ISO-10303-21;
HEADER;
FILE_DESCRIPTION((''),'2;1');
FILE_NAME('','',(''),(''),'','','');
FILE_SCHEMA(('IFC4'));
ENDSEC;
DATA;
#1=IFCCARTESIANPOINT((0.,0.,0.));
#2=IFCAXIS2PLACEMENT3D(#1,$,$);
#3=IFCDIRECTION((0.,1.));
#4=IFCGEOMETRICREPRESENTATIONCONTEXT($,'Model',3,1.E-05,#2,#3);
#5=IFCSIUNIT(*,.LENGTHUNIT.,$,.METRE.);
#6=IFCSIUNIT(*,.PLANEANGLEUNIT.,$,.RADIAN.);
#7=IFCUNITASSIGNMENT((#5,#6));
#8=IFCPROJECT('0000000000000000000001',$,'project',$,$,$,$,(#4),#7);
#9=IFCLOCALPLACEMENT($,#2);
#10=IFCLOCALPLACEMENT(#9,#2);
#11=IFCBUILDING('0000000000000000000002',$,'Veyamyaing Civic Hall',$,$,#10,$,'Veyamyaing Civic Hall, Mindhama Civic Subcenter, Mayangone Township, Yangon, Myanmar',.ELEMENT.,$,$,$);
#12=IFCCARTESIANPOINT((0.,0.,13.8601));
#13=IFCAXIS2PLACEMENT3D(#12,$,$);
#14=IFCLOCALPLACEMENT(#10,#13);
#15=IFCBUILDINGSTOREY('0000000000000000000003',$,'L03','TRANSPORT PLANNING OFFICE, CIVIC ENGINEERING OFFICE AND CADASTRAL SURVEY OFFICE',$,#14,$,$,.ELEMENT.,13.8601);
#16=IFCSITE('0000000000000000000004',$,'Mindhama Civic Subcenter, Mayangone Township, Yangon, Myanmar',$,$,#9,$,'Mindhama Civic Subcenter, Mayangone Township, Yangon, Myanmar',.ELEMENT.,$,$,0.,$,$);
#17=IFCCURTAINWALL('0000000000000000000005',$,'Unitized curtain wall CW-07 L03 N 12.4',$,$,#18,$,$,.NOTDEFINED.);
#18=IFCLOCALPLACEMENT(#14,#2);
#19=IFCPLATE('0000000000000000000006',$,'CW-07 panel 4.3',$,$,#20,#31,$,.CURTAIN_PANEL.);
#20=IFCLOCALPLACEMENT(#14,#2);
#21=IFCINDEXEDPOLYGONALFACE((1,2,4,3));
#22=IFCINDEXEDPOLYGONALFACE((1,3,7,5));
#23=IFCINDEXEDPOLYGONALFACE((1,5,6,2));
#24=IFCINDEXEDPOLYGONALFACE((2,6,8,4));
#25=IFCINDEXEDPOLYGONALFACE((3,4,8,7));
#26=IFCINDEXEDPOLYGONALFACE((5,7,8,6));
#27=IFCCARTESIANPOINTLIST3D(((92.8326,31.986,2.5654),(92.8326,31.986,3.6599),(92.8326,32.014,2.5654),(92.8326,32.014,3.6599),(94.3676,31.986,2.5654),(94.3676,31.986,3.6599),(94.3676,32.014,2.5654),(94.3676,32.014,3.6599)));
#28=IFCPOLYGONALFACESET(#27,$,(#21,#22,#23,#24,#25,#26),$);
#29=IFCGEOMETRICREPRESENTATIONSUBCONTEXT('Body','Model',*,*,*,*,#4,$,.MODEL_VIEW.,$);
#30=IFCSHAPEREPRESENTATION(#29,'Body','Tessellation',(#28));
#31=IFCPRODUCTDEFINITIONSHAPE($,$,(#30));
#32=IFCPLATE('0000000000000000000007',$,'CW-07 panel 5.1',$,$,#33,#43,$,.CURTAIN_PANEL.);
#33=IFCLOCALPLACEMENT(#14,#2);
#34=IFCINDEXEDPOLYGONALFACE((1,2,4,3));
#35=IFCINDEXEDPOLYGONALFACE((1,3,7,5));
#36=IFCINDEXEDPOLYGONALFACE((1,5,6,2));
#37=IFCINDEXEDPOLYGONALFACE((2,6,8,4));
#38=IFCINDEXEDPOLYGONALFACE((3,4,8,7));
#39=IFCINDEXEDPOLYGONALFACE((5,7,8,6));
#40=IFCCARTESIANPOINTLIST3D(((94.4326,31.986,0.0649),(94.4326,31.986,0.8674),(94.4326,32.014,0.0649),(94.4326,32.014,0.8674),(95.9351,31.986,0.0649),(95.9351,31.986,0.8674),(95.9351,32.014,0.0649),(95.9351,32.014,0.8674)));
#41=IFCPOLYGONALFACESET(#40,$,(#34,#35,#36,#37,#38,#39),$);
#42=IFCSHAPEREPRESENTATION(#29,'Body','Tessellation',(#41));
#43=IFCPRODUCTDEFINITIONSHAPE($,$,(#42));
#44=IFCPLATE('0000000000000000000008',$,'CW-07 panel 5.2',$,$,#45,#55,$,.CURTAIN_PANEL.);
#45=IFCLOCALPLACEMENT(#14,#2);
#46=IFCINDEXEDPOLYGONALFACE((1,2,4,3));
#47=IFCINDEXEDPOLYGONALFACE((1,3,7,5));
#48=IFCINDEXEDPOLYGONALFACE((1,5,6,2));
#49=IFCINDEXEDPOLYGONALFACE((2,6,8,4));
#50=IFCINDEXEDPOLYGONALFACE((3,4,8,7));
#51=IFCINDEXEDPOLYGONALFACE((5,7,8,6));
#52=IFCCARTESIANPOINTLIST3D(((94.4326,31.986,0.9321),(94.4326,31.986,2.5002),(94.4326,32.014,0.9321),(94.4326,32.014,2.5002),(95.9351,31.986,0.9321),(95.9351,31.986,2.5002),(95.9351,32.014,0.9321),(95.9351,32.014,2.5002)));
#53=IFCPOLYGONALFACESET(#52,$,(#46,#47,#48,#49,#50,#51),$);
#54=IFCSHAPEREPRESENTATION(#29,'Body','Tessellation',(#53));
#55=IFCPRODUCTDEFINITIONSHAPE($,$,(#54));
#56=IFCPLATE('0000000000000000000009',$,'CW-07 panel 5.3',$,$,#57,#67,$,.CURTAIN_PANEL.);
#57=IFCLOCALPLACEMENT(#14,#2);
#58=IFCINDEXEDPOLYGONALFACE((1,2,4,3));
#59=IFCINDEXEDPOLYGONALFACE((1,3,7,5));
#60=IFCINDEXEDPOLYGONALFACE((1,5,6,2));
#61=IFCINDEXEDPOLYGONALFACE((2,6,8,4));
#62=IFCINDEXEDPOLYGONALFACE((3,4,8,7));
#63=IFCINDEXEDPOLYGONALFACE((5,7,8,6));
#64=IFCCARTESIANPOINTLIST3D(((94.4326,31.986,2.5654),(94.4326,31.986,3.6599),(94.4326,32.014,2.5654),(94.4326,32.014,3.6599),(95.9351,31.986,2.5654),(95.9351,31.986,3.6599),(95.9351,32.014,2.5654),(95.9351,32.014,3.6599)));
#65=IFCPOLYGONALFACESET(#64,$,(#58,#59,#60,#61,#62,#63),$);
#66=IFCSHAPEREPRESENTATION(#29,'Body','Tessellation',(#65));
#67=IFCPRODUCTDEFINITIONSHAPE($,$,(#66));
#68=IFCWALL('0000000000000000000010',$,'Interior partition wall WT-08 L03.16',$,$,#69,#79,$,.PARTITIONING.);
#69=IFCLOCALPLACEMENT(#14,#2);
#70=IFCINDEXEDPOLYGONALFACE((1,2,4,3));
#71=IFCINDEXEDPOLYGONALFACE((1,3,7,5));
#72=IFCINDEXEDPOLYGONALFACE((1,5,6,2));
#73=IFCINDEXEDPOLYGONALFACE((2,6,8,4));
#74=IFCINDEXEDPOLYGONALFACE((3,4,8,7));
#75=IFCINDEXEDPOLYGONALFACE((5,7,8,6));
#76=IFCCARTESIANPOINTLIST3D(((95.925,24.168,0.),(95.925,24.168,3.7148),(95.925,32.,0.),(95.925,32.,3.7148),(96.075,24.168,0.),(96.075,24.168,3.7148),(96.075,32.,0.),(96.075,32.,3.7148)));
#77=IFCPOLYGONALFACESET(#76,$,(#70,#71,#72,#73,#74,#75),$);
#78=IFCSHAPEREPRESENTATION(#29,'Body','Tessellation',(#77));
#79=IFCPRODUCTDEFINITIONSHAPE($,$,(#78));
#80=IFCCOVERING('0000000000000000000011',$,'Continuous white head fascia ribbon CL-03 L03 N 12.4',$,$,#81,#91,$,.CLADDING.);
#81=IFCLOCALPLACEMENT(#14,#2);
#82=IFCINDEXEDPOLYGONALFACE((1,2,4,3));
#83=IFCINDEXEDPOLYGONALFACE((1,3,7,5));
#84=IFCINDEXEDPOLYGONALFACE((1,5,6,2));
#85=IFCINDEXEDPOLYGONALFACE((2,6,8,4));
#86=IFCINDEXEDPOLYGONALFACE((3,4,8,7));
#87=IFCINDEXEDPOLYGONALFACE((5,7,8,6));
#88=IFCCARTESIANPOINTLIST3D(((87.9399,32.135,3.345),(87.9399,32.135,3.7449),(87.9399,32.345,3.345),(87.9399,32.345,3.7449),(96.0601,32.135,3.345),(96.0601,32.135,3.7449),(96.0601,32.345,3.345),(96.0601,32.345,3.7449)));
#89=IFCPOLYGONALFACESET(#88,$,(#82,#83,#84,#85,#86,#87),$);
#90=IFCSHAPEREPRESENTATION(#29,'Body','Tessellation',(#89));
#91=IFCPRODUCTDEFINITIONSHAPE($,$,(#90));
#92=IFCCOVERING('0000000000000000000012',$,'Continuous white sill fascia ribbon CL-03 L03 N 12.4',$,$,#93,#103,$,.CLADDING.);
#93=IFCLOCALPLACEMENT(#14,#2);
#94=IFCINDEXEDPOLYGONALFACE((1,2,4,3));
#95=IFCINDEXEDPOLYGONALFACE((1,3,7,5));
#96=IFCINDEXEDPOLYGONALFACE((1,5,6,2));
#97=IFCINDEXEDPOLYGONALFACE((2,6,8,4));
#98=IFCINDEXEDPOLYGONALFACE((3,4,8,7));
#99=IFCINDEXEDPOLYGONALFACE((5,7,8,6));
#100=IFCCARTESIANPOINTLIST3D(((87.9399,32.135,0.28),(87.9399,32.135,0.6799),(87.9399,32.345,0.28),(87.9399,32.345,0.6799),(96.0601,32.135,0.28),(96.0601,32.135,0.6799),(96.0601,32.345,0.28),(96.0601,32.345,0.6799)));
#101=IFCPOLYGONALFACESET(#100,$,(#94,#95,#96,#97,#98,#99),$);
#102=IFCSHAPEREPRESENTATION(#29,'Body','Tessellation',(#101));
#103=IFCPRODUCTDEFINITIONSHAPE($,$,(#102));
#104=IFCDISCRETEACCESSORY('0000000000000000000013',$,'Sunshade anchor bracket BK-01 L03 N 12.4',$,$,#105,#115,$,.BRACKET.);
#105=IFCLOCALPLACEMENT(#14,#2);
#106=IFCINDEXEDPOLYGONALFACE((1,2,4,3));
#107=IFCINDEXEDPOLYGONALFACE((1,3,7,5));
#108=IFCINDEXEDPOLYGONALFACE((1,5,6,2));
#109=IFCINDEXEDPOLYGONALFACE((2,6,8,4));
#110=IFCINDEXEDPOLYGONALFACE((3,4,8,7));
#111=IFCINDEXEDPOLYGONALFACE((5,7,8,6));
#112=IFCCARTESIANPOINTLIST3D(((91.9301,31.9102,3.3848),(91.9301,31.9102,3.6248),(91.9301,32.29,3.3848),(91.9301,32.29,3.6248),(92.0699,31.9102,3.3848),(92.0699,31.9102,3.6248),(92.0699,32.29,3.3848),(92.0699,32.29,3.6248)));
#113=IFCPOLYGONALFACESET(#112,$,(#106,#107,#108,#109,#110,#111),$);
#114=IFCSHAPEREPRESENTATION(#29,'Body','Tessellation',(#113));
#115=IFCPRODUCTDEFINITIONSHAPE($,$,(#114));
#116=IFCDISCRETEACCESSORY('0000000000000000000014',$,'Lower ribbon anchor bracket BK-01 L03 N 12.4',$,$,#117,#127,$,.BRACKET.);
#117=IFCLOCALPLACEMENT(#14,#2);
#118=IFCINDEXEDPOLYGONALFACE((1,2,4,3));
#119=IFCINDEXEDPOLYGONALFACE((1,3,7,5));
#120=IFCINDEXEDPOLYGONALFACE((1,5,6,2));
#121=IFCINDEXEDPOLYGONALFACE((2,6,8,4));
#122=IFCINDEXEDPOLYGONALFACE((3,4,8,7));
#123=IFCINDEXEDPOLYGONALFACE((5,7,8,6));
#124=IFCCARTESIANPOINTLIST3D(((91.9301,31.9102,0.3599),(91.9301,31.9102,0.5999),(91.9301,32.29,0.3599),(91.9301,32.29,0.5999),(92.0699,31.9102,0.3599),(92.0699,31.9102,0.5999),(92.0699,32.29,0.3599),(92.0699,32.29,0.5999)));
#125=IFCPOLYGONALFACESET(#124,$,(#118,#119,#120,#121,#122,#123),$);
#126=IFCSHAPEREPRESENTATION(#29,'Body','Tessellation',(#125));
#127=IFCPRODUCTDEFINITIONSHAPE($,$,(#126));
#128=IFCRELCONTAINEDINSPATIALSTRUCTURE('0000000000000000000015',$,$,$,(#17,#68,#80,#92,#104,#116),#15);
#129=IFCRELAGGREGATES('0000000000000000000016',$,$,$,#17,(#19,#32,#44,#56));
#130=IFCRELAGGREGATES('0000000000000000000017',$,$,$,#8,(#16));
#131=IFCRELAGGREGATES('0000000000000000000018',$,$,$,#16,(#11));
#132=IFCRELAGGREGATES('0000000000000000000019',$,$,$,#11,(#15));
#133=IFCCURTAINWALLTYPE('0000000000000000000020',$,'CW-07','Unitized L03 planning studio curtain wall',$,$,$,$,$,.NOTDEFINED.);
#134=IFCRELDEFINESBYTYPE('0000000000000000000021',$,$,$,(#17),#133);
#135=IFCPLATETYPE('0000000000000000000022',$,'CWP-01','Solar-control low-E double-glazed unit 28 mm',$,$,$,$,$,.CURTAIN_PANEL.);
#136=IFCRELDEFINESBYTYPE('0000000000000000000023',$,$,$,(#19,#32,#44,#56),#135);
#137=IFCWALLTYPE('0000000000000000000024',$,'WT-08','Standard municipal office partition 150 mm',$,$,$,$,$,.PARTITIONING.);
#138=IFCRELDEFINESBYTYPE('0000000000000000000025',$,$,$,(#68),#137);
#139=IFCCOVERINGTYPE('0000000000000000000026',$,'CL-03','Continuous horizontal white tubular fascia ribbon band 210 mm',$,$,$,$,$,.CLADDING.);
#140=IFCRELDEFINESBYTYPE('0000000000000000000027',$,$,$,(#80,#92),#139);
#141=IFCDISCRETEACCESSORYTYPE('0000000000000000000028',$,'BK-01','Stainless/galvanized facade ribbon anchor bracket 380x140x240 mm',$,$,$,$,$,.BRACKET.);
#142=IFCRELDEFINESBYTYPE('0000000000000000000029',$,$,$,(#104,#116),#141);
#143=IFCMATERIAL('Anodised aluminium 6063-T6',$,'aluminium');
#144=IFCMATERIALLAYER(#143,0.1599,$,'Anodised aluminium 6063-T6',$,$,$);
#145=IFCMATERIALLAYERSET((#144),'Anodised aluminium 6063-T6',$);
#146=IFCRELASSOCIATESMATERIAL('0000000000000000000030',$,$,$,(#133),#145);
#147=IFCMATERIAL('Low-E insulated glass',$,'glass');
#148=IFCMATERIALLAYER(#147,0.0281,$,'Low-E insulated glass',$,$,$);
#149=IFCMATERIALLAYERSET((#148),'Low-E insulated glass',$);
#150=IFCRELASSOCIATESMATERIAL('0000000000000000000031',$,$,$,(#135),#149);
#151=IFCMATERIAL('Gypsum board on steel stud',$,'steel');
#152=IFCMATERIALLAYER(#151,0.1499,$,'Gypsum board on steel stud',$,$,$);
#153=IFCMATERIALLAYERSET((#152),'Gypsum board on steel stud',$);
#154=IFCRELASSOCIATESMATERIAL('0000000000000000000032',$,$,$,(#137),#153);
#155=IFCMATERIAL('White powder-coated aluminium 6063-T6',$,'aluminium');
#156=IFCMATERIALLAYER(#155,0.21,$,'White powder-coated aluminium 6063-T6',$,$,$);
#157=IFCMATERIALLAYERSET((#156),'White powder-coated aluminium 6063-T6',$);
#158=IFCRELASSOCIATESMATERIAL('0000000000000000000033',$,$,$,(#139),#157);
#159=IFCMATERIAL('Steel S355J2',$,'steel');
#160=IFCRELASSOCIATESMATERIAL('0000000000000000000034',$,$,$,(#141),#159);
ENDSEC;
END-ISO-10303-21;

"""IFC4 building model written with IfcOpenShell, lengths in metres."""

from ifc_helpers import new_model, si_unit, direction, frame, frame_2d, origin, origin_2d, place, context, subcontext, project, spatial, rectangle, extrude, material, layer, layer_set, type_object, element, aggregate, save


model = new_model("IFC4")

# Units and contexts
model_context = context("Model", 3, precision=1e-05, world=origin(), true_north=direction((0.0, 1.0)))
body_context = subcontext(model_context, "Body", "Model", "MODEL_VIEW")
ifc_project = project(units=[si_unit("LENGTHUNIT", "METRE"), si_unit("PLANEANGLEUNIT", "RADIAN")], contexts=[model_context])

# Site, building, storey
site_placement = place(None, origin())
site = spatial("IfcSite", under=ifc_project, at=site_placement, Name="Mindhama Civic Subcenter, Mayangone Township, Yangon, Myanmar", LongName="Mindhama Civic Subcenter, Mayangone Township, Yangon, Myanmar", CompositionType="ELEMENT", RefElevation=0.0)
building_placement = place(site_placement, origin())
building = spatial("IfcBuilding", under=site, at=building_placement, Name="Veyamyaing Civic Hall", LongName="Veyamyaing Civic Hall, Mindhama Civic Subcenter, Mayangone Township, Yangon, Myanmar", CompositionType="ELEMENT")
storey_placement = place(building_placement, frame((0.0, 0.0, 13.8601)))
storey = spatial("IfcBuildingStorey", under=building, at=storey_placement, Name="L03", Description="TRANSPORT PLANNING OFFICE, CIVIC ENGINEERING OFFICE AND CADASTRAL SURVEY OFFICE", CompositionType="ELEMENT", Elevation=13.8601)

# Shared definitions
ifc_material_1 = material(Name="Steel S355J2", Category="steel")

# Curtain wall
ifc_material_2 = material(Name="Anodised aluminium 6063-T6", Category="aluminium")
ifc_layer_1 = layer(ifc_material_2, 0.1599, Name="Anodised aluminium 6063-T6")
ifc_layer_set_1 = layer_set([ifc_layer_1], Name="Anodised aluminium 6063-T6")
curtain_wall_type = type_object("IfcCurtainWallType", Name="CW-07", Description="Unitized L03 planning studio curtain wall", PredefinedType="NOTDEFINED", material=ifc_layer_set_1)
curtain_wall_1_placement = place(storey_placement, origin())
curtain_wall_1 = element("IfcCurtainWall", 1, at=curtain_wall_1_placement, inside=storey, type_object=curtain_wall_type, Name="Unitized curtain wall CW-07 L03 N 12.4", PredefinedType="NOTDEFINED")

# Plates
ifc_material_3 = material(Name="Low-E insulated glass", Category="glass")
ifc_layer_2 = layer(ifc_material_3, 0.0281, Name="Low-E insulated glass")
ifc_layer_set_2 = layer_set([ifc_layer_2], Name="Low-E insulated glass")
plate_type = type_object("IfcPlateType", Name="CWP-01", Description="Solar-control low-E double-glazed unit 28 mm", PredefinedType="CURTAIN_PANEL", material=ifc_layer_set_2)
plate_1_placement = place(storey_placement, frame((93.6001, 32.0, 2.5654), z_axis=(0.0, 0.0, 1.0), x_axis=(1.0, 0.0, 0.0)))
plate_1 = element("IfcPlate", 2, at=plate_1_placement, type_object=plate_type, Name="CW-07 panel 4.3", PredefinedType="CURTAIN_PANEL", context=body_context, shape_type="SweptSolid", body=[
    extrude(rectangle(XDim=1.5349, YDim=0.0281, at=origin_2d()), origin(), (0.0, 0.0, 1.0), 1.0945),
])
plate_2_placement = place(storey_placement, frame((95.1838, 32.0, 0.0649), z_axis=(0.0, 0.0, 1.0), x_axis=(1.0, 0.0, 0.0)))
plate_2 = element("IfcPlate", 3, at=plate_2_placement, type_object=plate_type, Name="CW-07 panel 5.1", PredefinedType="CURTAIN_PANEL", context=body_context, shape_type="SweptSolid", body=[
    extrude(rectangle(XDim=1.5024, YDim=0.0281, at=origin_2d()), origin(), (0.0, 0.0, 1.0), 0.8025),
])
plate_3_placement = place(storey_placement, frame((95.1838, 32.0, 0.9321), z_axis=(0.0, 0.0, 1.0), x_axis=(1.0, 0.0, 0.0)))
plate_3 = element("IfcPlate", 4, at=plate_3_placement, type_object=plate_type, Name="CW-07 panel 5.2", PredefinedType="CURTAIN_PANEL", context=body_context, shape_type="SweptSolid", body=[
    extrude(rectangle(XDim=1.5024, YDim=0.0281, at=origin_2d()), origin(), (0.0, 0.0, 1.0), 1.5681),
])
plate_4_placement = place(storey_placement, frame((95.1838, 32.0, 2.5654), z_axis=(0.0, 0.0, 1.0), x_axis=(1.0, 0.0, 0.0)))
plate_4 = element("IfcPlate", 5, at=plate_4_placement, type_object=plate_type, Name="CW-07 panel 5.3", PredefinedType="CURTAIN_PANEL", context=body_context, shape_type="SweptSolid", body=[
    extrude(rectangle(XDim=1.5024, YDim=0.0281, at=origin_2d()), origin(), (0.0, 0.0, 1.0), 1.0945),
])
aggregate(curtain_wall_1, [plate_1, plate_2, plate_3, plate_4])

# Wall
ifc_material_4 = material(Name="Gypsum board on steel stud", Category="steel")
ifc_layer_3 = layer(ifc_material_4, 0.1499, Name="Gypsum board on steel stud")
ifc_layer_set_3 = layer_set([ifc_layer_3], Name="Gypsum board on steel stud")
wall_type = type_object("IfcWallType", Name="WT-08", Description="Standard municipal office partition 150 mm", PredefinedType="PARTITIONING", material=ifc_layer_set_3)
wall_placement = place(storey_placement, frame((96.0, 24.168, 0.0), z_axis=(0.0, 0.0, 1.0), x_axis=(0.0, 1.0, 0.0)))
element("IfcWall", 6, at=wall_placement, inside=storey, type_object=wall_type, Name="Interior partition wall WT-08 L03.16", PredefinedType="PARTITIONING", context=body_context, shape_type="SweptSolid", body=[
    extrude(rectangle(XDim=7.832, YDim=0.1499, at=frame_2d((3.916, 0.0))), origin(), (0.0, 0.0, 1.0), 3.7148),
])

# Coverings
ifc_material_5 = material(Name="White powder-coated aluminium 6063-T6", Category="aluminium")
ifc_layer_4 = layer(ifc_material_5, 0.21, Name="White powder-coated aluminium 6063-T6")
ifc_layer_set_4 = layer_set([ifc_layer_4], Name="White powder-coated aluminium 6063-T6")
covering_type = type_object("IfcCoveringType", Name="CL-03", Description="Continuous horizontal white tubular fascia ribbon band 210 mm", PredefinedType="CLADDING", material=ifc_layer_set_4)
for number, where, z_axis, x_axis, name in (
    (7, (92.0, 32.24, 3.345), (0.0, 0.0, 1.0), (1.0, 0.0, 0.0), "Continuous white head fascia ribbon CL-03 L03 N 12.4"),
    (8, (92.0, 32.24, 0.28), (0.0, 0.0, 1.0), (1.0, 0.0, 0.0), "Continuous white sill fascia ribbon CL-03 L03 N 12.4"),
):
    element("IfcCovering", number, at=place(storey_placement, frame(where, z_axis=z_axis, x_axis=x_axis)), inside=storey, type_object=covering_type, Name=name, PredefinedType="CLADDING", context=body_context, shape_type="SweptSolid", body=[
        extrude(rectangle(XDim=8.1201, YDim=0.21, at=origin_2d()), origin(), (0.0, 0.0, 1.0), 0.3999),
    ])

# Discrete accessories
discrete_accessory_type = type_object("IfcDiscreteAccessoryType", Name="BK-01", Description="Stainless/galvanized facade ribbon anchor bracket 380x140x240 mm", PredefinedType="BRACKET", material=ifc_material_1)
for number, where, z_axis, x_axis, name in (
    (9, (92.0, 32.1001, 3.3848), (0.0, 0.0, 1.0), (0.0, 1.0, 0.0), "Sunshade anchor bracket BK-01 L03 N 12.4"),
    (10, (92.0, 32.1001, 0.3599), (0.0, 0.0, 1.0), (0.0, 1.0, 0.0), "Lower ribbon anchor bracket BK-01 L03 N 12.4"),
):
    element("IfcDiscreteAccessory", number, at=place(storey_placement, frame(where, z_axis=z_axis, x_axis=x_axis)), inside=storey, type_object=discrete_accessory_type, Name=name, PredefinedType="BRACKET", context=body_context, shape_type="SweptSolid", body=[
        extrude(rectangle(XDim=0.3799, YDim=0.1399, at=origin_2d()), origin(), (0.0, 0.0, 1.0), 0.24),
    ])

save(model, "model.ifc")
